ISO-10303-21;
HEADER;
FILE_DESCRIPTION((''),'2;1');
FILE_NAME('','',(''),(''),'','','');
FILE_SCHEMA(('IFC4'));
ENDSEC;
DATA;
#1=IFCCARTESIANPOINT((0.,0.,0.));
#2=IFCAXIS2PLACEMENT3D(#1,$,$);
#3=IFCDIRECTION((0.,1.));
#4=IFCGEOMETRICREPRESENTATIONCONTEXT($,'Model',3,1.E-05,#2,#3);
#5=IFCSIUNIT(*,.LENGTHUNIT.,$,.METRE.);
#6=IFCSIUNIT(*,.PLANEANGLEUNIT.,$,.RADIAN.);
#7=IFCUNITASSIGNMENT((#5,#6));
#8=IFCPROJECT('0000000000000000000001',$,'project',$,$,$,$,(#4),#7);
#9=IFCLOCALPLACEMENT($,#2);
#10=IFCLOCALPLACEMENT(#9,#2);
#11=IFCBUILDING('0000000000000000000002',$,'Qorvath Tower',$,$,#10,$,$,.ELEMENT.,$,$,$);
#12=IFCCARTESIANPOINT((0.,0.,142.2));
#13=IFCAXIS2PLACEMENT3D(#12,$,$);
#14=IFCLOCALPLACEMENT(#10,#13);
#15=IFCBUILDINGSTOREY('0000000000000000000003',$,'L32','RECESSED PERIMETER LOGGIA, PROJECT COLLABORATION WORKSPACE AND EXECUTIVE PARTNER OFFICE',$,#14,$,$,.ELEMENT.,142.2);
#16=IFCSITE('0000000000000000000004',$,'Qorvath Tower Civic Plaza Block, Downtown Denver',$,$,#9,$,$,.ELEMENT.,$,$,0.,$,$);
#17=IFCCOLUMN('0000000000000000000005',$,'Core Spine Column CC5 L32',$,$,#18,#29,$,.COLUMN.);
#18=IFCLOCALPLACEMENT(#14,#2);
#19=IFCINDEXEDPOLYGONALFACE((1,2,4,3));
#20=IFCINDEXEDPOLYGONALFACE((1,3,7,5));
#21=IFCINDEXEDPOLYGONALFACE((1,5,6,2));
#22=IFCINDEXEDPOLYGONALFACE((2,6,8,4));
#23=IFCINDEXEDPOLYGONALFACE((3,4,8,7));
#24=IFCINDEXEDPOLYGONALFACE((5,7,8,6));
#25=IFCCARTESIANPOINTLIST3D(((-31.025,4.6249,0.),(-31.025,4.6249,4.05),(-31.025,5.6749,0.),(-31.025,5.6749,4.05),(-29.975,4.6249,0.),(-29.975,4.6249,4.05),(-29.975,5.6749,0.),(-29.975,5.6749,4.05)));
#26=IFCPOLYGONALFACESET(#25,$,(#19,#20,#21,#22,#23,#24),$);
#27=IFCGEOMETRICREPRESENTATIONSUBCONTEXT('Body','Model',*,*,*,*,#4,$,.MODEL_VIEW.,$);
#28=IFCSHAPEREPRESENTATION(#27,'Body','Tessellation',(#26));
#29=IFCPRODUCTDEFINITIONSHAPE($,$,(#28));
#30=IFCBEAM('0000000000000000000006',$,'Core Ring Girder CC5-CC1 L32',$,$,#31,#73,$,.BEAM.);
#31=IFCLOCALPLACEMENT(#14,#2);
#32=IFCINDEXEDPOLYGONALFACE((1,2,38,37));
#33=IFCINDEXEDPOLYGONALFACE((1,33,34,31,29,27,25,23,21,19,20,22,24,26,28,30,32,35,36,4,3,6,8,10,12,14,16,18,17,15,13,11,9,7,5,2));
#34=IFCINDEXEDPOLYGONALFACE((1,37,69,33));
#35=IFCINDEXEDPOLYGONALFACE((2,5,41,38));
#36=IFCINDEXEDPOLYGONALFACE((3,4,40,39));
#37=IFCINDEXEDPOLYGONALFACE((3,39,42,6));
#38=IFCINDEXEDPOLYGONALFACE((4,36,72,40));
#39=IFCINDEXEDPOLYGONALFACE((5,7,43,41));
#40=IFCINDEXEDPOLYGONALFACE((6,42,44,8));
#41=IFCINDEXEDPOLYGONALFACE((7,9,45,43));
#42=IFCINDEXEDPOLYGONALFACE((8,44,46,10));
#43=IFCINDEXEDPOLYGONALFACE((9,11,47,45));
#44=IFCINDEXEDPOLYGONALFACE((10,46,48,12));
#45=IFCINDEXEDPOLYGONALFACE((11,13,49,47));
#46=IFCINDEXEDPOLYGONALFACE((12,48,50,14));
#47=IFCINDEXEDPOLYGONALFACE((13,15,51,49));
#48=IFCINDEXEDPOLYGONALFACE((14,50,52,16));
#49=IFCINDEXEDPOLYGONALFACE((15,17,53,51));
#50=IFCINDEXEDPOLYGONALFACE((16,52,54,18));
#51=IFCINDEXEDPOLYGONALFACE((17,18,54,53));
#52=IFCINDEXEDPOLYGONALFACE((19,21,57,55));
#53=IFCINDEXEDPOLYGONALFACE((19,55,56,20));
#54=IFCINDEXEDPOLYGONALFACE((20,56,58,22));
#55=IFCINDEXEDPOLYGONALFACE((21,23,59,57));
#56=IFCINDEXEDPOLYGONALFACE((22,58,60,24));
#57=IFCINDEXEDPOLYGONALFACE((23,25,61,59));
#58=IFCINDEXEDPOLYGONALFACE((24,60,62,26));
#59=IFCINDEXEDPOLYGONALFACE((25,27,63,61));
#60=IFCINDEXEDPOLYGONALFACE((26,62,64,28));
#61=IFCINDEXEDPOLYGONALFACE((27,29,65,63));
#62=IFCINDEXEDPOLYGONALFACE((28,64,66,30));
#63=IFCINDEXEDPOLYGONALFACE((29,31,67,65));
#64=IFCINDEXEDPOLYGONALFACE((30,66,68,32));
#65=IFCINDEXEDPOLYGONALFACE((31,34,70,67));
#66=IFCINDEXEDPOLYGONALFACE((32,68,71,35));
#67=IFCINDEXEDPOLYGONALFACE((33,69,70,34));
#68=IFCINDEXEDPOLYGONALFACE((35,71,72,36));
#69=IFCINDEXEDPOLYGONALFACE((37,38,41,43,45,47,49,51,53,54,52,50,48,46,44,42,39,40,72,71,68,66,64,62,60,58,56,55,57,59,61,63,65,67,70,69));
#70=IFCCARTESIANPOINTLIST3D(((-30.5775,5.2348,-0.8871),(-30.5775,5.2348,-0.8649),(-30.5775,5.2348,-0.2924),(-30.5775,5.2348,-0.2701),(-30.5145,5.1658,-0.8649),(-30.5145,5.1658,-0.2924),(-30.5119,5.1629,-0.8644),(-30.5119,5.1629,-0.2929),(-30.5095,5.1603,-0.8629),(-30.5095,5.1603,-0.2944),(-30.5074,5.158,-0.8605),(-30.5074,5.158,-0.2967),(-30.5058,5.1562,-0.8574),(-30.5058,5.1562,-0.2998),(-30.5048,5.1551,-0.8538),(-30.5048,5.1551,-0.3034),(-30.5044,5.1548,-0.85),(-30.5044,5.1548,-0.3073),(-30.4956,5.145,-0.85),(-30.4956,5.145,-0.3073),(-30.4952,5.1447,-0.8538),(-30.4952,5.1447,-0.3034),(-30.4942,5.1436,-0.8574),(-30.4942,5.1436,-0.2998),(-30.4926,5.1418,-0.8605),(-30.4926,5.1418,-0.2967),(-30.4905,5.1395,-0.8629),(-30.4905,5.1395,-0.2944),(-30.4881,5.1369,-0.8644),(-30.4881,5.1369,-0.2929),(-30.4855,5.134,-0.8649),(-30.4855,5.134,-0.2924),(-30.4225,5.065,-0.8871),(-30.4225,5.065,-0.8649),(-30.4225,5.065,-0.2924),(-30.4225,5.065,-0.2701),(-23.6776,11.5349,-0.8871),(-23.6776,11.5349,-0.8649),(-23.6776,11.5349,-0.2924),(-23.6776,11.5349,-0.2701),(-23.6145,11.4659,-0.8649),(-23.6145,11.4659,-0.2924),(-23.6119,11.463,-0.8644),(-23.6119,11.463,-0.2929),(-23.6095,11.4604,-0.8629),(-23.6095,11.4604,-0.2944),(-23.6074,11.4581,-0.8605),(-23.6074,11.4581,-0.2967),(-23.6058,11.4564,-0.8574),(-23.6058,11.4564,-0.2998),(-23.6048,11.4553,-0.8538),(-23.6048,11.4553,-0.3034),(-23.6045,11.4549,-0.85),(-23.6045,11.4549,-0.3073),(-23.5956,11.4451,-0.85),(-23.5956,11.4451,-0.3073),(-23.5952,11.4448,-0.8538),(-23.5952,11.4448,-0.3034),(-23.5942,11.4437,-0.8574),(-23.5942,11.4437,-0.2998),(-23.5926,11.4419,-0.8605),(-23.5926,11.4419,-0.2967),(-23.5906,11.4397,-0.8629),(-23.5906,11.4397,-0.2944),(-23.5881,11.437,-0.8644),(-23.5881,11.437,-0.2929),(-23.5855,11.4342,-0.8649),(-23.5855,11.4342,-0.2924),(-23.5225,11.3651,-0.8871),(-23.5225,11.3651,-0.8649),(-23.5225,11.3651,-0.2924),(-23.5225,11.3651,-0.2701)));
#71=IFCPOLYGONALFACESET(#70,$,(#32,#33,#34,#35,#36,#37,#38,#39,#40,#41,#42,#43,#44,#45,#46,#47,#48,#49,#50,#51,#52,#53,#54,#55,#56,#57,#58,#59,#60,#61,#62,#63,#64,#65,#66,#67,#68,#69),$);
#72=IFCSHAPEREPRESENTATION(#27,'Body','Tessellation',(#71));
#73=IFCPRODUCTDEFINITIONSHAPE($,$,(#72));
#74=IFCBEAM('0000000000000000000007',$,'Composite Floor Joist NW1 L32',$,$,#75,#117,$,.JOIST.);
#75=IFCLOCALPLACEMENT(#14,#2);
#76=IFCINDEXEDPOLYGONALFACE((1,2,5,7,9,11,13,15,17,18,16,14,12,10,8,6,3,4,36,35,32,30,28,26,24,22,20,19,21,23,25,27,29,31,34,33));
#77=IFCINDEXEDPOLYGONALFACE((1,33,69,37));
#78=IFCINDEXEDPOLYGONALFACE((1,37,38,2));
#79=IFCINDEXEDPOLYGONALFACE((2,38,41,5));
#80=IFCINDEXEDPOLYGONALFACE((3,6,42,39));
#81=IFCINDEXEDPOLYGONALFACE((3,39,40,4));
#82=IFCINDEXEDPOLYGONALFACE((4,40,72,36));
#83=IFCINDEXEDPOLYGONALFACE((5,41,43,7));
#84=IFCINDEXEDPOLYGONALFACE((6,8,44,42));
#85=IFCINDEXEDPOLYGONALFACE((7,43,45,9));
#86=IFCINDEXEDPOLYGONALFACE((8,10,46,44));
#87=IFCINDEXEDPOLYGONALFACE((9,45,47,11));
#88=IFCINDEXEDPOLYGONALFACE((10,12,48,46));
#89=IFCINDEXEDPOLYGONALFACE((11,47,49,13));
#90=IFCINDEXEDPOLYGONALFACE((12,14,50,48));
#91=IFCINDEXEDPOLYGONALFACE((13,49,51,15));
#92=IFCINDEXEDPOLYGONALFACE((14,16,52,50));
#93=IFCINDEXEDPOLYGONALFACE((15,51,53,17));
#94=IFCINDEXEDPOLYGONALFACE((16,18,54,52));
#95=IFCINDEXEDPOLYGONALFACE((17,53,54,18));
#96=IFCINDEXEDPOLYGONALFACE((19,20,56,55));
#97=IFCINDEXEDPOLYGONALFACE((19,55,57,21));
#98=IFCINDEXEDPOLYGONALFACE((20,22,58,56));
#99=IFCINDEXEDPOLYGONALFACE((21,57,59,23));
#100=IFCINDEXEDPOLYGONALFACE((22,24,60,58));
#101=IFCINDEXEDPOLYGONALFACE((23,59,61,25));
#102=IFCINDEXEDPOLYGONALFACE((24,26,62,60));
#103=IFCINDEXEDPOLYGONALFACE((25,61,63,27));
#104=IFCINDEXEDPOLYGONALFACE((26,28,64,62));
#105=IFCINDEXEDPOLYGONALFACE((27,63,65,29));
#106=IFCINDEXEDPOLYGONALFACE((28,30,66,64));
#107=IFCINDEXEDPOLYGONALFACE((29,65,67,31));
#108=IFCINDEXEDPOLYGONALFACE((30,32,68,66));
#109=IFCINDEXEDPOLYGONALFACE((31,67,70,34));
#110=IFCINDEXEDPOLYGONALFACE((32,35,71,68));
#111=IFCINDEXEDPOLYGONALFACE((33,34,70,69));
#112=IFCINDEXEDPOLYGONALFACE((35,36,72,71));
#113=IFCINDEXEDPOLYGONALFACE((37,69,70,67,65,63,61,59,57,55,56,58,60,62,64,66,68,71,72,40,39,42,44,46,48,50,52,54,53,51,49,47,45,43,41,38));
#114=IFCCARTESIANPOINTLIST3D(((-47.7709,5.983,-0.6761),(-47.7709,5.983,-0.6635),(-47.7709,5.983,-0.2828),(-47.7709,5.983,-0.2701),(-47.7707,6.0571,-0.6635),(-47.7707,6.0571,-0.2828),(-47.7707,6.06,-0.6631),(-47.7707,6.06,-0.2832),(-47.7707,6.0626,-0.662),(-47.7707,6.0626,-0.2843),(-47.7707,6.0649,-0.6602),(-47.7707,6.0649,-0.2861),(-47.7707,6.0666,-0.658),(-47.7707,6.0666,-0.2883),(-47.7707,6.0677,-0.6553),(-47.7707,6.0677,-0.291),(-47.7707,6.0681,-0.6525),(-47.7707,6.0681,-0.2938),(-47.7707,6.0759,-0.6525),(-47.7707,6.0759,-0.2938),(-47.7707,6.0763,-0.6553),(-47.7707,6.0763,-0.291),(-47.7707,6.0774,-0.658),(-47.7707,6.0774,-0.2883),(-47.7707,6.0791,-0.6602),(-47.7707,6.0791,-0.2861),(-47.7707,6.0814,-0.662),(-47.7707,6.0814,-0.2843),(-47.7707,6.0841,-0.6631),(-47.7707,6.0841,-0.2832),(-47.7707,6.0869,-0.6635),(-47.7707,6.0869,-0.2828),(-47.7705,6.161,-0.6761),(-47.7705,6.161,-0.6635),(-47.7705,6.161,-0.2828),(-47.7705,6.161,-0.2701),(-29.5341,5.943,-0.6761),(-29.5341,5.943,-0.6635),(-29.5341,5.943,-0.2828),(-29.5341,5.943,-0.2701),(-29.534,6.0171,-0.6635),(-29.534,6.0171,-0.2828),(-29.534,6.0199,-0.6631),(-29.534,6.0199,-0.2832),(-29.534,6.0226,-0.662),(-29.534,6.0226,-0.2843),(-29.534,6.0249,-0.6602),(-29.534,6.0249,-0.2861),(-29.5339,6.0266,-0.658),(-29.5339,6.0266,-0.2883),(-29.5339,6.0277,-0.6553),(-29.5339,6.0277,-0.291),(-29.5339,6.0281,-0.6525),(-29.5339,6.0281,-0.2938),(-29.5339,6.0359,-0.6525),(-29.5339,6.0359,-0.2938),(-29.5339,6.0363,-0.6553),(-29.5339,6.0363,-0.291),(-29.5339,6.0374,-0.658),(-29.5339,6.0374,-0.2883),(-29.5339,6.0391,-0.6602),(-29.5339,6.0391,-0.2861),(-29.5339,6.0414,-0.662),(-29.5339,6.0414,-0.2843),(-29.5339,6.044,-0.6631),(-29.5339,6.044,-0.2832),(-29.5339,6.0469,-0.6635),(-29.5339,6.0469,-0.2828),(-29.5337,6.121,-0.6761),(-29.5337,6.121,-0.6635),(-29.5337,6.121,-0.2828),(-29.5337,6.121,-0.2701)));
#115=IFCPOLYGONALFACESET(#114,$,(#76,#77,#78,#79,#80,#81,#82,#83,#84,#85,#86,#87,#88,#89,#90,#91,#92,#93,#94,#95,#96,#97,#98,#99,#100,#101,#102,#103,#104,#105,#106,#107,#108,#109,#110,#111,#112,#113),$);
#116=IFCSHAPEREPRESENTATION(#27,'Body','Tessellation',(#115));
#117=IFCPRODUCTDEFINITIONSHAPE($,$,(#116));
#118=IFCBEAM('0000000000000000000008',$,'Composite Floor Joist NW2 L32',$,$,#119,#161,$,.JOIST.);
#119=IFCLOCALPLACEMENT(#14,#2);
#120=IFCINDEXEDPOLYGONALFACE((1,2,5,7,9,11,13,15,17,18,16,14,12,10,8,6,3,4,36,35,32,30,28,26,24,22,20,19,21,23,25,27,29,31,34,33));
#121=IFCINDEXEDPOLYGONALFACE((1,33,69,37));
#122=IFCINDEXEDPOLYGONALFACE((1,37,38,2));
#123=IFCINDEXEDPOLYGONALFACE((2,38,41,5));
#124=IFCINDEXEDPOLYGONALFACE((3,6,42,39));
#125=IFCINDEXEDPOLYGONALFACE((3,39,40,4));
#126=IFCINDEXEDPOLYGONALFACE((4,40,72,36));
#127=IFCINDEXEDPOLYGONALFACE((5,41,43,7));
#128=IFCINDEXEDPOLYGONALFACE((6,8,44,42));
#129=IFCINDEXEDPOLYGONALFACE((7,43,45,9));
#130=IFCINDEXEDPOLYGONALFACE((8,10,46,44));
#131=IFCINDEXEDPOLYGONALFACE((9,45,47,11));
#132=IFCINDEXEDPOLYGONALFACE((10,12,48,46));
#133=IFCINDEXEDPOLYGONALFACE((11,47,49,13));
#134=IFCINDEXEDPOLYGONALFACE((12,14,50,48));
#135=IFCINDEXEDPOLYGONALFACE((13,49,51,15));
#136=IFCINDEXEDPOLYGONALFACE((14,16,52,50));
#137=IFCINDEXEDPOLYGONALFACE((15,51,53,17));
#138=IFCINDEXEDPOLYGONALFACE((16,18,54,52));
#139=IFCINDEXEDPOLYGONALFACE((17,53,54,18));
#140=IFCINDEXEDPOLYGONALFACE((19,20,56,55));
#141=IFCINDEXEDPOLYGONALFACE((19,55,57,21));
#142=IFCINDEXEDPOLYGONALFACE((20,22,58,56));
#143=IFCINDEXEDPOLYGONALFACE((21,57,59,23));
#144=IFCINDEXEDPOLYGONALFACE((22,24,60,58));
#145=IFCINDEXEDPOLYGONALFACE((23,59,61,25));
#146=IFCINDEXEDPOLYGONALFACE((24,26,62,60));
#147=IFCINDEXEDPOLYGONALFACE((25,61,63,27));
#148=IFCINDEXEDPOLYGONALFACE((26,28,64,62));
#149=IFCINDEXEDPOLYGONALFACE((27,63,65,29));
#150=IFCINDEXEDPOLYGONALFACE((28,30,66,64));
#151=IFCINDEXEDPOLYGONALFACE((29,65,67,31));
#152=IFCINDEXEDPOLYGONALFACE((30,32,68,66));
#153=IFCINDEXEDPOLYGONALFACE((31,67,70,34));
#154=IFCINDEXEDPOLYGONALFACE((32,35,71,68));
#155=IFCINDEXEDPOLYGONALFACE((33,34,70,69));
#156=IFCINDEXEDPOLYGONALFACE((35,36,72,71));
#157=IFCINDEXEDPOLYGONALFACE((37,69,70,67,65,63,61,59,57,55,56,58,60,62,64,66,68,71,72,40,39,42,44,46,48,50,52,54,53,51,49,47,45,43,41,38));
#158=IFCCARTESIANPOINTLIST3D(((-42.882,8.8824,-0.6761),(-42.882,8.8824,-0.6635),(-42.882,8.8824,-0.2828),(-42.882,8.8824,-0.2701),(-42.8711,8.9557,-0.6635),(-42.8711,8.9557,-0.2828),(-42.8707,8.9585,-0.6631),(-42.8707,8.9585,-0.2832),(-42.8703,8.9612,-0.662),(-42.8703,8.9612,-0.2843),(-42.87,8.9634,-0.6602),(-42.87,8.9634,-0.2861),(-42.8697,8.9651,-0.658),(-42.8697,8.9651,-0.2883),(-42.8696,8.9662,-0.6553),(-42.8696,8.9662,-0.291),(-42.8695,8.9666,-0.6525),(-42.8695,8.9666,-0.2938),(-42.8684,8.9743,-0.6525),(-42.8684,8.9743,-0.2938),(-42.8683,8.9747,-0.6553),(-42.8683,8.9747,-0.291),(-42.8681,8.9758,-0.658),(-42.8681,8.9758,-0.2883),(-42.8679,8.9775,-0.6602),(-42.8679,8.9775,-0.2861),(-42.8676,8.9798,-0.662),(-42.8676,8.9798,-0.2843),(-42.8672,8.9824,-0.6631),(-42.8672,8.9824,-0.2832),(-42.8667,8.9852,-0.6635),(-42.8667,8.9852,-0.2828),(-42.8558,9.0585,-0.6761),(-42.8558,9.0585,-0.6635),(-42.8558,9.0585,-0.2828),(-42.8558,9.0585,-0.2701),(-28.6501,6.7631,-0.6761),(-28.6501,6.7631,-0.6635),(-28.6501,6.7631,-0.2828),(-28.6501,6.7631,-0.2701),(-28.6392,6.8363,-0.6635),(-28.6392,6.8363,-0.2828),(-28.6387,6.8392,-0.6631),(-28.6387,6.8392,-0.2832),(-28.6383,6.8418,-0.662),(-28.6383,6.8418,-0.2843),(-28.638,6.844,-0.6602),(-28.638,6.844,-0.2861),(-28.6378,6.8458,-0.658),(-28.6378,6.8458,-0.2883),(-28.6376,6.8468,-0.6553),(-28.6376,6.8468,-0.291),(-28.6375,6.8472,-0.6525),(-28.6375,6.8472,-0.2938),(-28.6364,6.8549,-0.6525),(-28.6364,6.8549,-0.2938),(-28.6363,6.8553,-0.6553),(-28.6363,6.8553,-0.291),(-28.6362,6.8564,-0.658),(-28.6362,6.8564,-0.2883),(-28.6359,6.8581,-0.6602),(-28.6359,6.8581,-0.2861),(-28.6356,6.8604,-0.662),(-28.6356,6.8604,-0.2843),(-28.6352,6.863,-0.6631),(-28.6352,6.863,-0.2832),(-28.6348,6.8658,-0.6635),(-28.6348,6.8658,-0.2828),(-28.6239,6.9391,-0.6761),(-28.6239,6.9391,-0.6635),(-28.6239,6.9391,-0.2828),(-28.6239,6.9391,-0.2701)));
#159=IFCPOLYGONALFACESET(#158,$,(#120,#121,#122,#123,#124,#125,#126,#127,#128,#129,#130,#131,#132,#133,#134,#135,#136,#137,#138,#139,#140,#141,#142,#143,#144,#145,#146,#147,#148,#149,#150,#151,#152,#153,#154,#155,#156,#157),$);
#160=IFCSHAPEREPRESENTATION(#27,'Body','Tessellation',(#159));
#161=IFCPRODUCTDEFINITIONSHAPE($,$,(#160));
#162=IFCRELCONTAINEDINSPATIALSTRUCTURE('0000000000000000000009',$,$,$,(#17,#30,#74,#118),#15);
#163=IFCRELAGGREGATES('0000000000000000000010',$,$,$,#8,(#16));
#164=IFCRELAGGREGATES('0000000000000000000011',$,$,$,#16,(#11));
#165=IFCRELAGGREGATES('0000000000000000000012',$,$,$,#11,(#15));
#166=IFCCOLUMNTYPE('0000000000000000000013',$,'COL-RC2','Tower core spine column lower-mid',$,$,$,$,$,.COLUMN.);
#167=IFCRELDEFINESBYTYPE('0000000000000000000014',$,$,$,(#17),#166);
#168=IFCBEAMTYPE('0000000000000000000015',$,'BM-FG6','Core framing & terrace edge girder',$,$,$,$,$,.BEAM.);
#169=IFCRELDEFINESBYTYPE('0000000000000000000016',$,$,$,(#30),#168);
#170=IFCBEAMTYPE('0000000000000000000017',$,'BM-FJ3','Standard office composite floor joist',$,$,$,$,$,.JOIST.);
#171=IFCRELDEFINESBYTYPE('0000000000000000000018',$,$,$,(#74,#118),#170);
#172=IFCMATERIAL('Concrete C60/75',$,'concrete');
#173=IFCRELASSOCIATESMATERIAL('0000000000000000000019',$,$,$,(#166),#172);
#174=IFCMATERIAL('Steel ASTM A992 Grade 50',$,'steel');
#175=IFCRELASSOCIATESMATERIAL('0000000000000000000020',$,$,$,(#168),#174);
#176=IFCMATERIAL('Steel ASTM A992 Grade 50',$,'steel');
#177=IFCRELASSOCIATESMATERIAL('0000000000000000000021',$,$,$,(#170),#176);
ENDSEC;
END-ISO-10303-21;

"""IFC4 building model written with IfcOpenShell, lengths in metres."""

from ifc_helpers import new_model, si_unit, direction, frame, origin, origin_2d, place, context, subcontext, project, spatial, rectangle, i_section, extrude, material, material_profile, profile_set, type_object, element, save


model = new_model("IFC4")

# Units and contexts
model_context = context("Model", 3, precision=1e-05, world=origin(), true_north=direction((0.0, 1.0)))
body_context = subcontext(model_context, "Body", "Model", "MODEL_VIEW")
ifc_project = project(units=[si_unit("LENGTHUNIT", "METRE"), si_unit("PLANEANGLEUNIT", "RADIAN")], contexts=[model_context])

# Site, building, storey
site_placement = place(None, origin())
site = spatial("IfcSite", under=ifc_project, at=site_placement, Name="Qorvath Tower Civic Plaza Block, Downtown Denver", CompositionType="ELEMENT", RefElevation=0.0)
building_placement = place(site_placement, origin())
building = spatial("IfcBuilding", under=site, at=building_placement, Name="Qorvath Tower", CompositionType="ELEMENT")
storey_placement = place(building_placement, frame((0.0, 0.0, 142.2)))
storey = spatial("IfcBuildingStorey", under=building, at=storey_placement, Name="L32", Description="RECESSED PERIMETER LOGGIA, PROJECT COLLABORATION WORKSPACE AND EXECUTIVE PARTNER OFFICE", CompositionType="ELEMENT", Elevation=142.2)

# Column
ifc_material_1 = material(Name="Concrete C60/75", Category="concrete")
ifc_material_profile_1 = material_profile(ifc_material_1, rectangle(XDim=1.05, YDim=1.05, at=origin_2d()), Name="RC 1050x1050")
ifc_profile_set_1 = profile_set([ifc_material_profile_1], Name="Concrete C60/75")
column_type = type_object("IfcColumnType", Name="COL-RC2", Description="Tower core spine column lower-mid", PredefinedType="COLUMN", material=ifc_profile_set_1)
column_placement = place(storey_placement, frame((-30.5, 5.1499, 0.0), z_axis=(0.0, 0.0, 1.0), x_axis=(1.0, 0.0, 0.0)))
element("IfcColumn", 1, at=column_placement, inside=storey, type_object=column_type, Name="Core Spine Column CC5 L32", PredefinedType="COLUMN", context=body_context, shape_type="SweptSolid", body=[
    extrude(rectangle(XDim=1.05, YDim=1.05, at=origin_2d()), origin(), (0.0, 0.0, 1.0), 4.05),
])

# Beams
ifc_material_2 = material(Name="Steel ASTM A992 Grade 50", Category="steel")
ifc_material_profile_2 = material_profile(ifc_material_2, i_section(OverallWidth=0.23, OverallDepth=0.6169, WebThickness=0.0132, FlangeThickness=0.0222, FilletRadius=0.0149, at=origin_2d()), Name="W24x94")
ifc_profile_set_2 = profile_set([ifc_material_profile_2], Name="Steel ASTM A992 Grade 50")
beam_type_1 = type_object("IfcBeamType", Name="BM-FG6", Description="Core framing & terrace edge girder", PredefinedType="BEAM", material=ifc_profile_set_2)
beam_1_placement = place(storey_placement, frame((-30.5, 5.1499, -0.5786), z_axis=(0.738478, 0.674277, 0.0), x_axis=(-0.674277, 0.738478, 0.0)))
element("IfcBeam", 2, at=beam_1_placement, inside=storey, type_object=beam_type_1, Name="Core Ring Girder CC5-CC1 L32", PredefinedType="BEAM", context=body_context, shape_type="SweptSolid", body=[
    extrude(i_section(OverallWidth=0.23, OverallDepth=0.6169, WebThickness=0.0132, FlangeThickness=0.0222, FilletRadius=0.0149, at=origin_2d()), origin(), (0.0, 0.0, 1.0), 9.3435),
])
ifc_material_3 = material(Name="Steel ASTM A992 Grade 50", Category="steel")
ifc_material_profile_3 = material_profile(ifc_material_3, i_section(OverallWidth=0.178, OverallDepth=0.406, WebThickness=0.0078, FlangeThickness=0.0127, FilletRadius=0.011, at=origin_2d()), Name="W16x40")
ifc_profile_set_3 = profile_set([ifc_material_profile_3], Name="Steel ASTM A992 Grade 50")
beam_type_2 = type_object("IfcBeamType", Name="BM-FJ3", Description="Standard office composite floor joist", PredefinedType="JOIST", material=ifc_profile_set_3)
beam_2_placement = place(storey_placement, frame((-29.5339, 6.032, -0.4731), z_axis=(-0.999998, 0.002196, 0.0), x_axis=(-0.002196, -0.999998, 0.0)))
element("IfcBeam", 3, at=beam_2_placement, inside=storey, type_object=beam_type_2, Name="Composite Floor Joist NW1 L32", PredefinedType="JOIST", context=body_context, shape_type="SweptSolid", body=[
    extrude(i_section(OverallWidth=0.178, OverallDepth=0.406, WebThickness=0.0078, FlangeThickness=0.0127, FilletRadius=0.011, at=origin_2d()), origin(), (0.0, 0.0, 1.0), 18.2368),
])
beam_3_placement = place(storey_placement, frame((-28.637, 6.8511, -0.4731), z_axis=(-0.989093, 0.147293, 0.0), x_axis=(-0.147293, -0.989093, 0.0)))
element("IfcBeam", 4, at=beam_3_placement, inside=storey, type_object=beam_type_2, Name="Composite Floor Joist NW2 L32", PredefinedType="JOIST", context=body_context, shape_type="SweptSolid", body=[
    extrude(i_section(OverallWidth=0.178, OverallDepth=0.406, WebThickness=0.0078, FlangeThickness=0.0127, FilletRadius=0.011, at=origin_2d()), origin(), (0.0, 0.0, 1.0), 14.3889),
])

save(model, "model.ifc")
